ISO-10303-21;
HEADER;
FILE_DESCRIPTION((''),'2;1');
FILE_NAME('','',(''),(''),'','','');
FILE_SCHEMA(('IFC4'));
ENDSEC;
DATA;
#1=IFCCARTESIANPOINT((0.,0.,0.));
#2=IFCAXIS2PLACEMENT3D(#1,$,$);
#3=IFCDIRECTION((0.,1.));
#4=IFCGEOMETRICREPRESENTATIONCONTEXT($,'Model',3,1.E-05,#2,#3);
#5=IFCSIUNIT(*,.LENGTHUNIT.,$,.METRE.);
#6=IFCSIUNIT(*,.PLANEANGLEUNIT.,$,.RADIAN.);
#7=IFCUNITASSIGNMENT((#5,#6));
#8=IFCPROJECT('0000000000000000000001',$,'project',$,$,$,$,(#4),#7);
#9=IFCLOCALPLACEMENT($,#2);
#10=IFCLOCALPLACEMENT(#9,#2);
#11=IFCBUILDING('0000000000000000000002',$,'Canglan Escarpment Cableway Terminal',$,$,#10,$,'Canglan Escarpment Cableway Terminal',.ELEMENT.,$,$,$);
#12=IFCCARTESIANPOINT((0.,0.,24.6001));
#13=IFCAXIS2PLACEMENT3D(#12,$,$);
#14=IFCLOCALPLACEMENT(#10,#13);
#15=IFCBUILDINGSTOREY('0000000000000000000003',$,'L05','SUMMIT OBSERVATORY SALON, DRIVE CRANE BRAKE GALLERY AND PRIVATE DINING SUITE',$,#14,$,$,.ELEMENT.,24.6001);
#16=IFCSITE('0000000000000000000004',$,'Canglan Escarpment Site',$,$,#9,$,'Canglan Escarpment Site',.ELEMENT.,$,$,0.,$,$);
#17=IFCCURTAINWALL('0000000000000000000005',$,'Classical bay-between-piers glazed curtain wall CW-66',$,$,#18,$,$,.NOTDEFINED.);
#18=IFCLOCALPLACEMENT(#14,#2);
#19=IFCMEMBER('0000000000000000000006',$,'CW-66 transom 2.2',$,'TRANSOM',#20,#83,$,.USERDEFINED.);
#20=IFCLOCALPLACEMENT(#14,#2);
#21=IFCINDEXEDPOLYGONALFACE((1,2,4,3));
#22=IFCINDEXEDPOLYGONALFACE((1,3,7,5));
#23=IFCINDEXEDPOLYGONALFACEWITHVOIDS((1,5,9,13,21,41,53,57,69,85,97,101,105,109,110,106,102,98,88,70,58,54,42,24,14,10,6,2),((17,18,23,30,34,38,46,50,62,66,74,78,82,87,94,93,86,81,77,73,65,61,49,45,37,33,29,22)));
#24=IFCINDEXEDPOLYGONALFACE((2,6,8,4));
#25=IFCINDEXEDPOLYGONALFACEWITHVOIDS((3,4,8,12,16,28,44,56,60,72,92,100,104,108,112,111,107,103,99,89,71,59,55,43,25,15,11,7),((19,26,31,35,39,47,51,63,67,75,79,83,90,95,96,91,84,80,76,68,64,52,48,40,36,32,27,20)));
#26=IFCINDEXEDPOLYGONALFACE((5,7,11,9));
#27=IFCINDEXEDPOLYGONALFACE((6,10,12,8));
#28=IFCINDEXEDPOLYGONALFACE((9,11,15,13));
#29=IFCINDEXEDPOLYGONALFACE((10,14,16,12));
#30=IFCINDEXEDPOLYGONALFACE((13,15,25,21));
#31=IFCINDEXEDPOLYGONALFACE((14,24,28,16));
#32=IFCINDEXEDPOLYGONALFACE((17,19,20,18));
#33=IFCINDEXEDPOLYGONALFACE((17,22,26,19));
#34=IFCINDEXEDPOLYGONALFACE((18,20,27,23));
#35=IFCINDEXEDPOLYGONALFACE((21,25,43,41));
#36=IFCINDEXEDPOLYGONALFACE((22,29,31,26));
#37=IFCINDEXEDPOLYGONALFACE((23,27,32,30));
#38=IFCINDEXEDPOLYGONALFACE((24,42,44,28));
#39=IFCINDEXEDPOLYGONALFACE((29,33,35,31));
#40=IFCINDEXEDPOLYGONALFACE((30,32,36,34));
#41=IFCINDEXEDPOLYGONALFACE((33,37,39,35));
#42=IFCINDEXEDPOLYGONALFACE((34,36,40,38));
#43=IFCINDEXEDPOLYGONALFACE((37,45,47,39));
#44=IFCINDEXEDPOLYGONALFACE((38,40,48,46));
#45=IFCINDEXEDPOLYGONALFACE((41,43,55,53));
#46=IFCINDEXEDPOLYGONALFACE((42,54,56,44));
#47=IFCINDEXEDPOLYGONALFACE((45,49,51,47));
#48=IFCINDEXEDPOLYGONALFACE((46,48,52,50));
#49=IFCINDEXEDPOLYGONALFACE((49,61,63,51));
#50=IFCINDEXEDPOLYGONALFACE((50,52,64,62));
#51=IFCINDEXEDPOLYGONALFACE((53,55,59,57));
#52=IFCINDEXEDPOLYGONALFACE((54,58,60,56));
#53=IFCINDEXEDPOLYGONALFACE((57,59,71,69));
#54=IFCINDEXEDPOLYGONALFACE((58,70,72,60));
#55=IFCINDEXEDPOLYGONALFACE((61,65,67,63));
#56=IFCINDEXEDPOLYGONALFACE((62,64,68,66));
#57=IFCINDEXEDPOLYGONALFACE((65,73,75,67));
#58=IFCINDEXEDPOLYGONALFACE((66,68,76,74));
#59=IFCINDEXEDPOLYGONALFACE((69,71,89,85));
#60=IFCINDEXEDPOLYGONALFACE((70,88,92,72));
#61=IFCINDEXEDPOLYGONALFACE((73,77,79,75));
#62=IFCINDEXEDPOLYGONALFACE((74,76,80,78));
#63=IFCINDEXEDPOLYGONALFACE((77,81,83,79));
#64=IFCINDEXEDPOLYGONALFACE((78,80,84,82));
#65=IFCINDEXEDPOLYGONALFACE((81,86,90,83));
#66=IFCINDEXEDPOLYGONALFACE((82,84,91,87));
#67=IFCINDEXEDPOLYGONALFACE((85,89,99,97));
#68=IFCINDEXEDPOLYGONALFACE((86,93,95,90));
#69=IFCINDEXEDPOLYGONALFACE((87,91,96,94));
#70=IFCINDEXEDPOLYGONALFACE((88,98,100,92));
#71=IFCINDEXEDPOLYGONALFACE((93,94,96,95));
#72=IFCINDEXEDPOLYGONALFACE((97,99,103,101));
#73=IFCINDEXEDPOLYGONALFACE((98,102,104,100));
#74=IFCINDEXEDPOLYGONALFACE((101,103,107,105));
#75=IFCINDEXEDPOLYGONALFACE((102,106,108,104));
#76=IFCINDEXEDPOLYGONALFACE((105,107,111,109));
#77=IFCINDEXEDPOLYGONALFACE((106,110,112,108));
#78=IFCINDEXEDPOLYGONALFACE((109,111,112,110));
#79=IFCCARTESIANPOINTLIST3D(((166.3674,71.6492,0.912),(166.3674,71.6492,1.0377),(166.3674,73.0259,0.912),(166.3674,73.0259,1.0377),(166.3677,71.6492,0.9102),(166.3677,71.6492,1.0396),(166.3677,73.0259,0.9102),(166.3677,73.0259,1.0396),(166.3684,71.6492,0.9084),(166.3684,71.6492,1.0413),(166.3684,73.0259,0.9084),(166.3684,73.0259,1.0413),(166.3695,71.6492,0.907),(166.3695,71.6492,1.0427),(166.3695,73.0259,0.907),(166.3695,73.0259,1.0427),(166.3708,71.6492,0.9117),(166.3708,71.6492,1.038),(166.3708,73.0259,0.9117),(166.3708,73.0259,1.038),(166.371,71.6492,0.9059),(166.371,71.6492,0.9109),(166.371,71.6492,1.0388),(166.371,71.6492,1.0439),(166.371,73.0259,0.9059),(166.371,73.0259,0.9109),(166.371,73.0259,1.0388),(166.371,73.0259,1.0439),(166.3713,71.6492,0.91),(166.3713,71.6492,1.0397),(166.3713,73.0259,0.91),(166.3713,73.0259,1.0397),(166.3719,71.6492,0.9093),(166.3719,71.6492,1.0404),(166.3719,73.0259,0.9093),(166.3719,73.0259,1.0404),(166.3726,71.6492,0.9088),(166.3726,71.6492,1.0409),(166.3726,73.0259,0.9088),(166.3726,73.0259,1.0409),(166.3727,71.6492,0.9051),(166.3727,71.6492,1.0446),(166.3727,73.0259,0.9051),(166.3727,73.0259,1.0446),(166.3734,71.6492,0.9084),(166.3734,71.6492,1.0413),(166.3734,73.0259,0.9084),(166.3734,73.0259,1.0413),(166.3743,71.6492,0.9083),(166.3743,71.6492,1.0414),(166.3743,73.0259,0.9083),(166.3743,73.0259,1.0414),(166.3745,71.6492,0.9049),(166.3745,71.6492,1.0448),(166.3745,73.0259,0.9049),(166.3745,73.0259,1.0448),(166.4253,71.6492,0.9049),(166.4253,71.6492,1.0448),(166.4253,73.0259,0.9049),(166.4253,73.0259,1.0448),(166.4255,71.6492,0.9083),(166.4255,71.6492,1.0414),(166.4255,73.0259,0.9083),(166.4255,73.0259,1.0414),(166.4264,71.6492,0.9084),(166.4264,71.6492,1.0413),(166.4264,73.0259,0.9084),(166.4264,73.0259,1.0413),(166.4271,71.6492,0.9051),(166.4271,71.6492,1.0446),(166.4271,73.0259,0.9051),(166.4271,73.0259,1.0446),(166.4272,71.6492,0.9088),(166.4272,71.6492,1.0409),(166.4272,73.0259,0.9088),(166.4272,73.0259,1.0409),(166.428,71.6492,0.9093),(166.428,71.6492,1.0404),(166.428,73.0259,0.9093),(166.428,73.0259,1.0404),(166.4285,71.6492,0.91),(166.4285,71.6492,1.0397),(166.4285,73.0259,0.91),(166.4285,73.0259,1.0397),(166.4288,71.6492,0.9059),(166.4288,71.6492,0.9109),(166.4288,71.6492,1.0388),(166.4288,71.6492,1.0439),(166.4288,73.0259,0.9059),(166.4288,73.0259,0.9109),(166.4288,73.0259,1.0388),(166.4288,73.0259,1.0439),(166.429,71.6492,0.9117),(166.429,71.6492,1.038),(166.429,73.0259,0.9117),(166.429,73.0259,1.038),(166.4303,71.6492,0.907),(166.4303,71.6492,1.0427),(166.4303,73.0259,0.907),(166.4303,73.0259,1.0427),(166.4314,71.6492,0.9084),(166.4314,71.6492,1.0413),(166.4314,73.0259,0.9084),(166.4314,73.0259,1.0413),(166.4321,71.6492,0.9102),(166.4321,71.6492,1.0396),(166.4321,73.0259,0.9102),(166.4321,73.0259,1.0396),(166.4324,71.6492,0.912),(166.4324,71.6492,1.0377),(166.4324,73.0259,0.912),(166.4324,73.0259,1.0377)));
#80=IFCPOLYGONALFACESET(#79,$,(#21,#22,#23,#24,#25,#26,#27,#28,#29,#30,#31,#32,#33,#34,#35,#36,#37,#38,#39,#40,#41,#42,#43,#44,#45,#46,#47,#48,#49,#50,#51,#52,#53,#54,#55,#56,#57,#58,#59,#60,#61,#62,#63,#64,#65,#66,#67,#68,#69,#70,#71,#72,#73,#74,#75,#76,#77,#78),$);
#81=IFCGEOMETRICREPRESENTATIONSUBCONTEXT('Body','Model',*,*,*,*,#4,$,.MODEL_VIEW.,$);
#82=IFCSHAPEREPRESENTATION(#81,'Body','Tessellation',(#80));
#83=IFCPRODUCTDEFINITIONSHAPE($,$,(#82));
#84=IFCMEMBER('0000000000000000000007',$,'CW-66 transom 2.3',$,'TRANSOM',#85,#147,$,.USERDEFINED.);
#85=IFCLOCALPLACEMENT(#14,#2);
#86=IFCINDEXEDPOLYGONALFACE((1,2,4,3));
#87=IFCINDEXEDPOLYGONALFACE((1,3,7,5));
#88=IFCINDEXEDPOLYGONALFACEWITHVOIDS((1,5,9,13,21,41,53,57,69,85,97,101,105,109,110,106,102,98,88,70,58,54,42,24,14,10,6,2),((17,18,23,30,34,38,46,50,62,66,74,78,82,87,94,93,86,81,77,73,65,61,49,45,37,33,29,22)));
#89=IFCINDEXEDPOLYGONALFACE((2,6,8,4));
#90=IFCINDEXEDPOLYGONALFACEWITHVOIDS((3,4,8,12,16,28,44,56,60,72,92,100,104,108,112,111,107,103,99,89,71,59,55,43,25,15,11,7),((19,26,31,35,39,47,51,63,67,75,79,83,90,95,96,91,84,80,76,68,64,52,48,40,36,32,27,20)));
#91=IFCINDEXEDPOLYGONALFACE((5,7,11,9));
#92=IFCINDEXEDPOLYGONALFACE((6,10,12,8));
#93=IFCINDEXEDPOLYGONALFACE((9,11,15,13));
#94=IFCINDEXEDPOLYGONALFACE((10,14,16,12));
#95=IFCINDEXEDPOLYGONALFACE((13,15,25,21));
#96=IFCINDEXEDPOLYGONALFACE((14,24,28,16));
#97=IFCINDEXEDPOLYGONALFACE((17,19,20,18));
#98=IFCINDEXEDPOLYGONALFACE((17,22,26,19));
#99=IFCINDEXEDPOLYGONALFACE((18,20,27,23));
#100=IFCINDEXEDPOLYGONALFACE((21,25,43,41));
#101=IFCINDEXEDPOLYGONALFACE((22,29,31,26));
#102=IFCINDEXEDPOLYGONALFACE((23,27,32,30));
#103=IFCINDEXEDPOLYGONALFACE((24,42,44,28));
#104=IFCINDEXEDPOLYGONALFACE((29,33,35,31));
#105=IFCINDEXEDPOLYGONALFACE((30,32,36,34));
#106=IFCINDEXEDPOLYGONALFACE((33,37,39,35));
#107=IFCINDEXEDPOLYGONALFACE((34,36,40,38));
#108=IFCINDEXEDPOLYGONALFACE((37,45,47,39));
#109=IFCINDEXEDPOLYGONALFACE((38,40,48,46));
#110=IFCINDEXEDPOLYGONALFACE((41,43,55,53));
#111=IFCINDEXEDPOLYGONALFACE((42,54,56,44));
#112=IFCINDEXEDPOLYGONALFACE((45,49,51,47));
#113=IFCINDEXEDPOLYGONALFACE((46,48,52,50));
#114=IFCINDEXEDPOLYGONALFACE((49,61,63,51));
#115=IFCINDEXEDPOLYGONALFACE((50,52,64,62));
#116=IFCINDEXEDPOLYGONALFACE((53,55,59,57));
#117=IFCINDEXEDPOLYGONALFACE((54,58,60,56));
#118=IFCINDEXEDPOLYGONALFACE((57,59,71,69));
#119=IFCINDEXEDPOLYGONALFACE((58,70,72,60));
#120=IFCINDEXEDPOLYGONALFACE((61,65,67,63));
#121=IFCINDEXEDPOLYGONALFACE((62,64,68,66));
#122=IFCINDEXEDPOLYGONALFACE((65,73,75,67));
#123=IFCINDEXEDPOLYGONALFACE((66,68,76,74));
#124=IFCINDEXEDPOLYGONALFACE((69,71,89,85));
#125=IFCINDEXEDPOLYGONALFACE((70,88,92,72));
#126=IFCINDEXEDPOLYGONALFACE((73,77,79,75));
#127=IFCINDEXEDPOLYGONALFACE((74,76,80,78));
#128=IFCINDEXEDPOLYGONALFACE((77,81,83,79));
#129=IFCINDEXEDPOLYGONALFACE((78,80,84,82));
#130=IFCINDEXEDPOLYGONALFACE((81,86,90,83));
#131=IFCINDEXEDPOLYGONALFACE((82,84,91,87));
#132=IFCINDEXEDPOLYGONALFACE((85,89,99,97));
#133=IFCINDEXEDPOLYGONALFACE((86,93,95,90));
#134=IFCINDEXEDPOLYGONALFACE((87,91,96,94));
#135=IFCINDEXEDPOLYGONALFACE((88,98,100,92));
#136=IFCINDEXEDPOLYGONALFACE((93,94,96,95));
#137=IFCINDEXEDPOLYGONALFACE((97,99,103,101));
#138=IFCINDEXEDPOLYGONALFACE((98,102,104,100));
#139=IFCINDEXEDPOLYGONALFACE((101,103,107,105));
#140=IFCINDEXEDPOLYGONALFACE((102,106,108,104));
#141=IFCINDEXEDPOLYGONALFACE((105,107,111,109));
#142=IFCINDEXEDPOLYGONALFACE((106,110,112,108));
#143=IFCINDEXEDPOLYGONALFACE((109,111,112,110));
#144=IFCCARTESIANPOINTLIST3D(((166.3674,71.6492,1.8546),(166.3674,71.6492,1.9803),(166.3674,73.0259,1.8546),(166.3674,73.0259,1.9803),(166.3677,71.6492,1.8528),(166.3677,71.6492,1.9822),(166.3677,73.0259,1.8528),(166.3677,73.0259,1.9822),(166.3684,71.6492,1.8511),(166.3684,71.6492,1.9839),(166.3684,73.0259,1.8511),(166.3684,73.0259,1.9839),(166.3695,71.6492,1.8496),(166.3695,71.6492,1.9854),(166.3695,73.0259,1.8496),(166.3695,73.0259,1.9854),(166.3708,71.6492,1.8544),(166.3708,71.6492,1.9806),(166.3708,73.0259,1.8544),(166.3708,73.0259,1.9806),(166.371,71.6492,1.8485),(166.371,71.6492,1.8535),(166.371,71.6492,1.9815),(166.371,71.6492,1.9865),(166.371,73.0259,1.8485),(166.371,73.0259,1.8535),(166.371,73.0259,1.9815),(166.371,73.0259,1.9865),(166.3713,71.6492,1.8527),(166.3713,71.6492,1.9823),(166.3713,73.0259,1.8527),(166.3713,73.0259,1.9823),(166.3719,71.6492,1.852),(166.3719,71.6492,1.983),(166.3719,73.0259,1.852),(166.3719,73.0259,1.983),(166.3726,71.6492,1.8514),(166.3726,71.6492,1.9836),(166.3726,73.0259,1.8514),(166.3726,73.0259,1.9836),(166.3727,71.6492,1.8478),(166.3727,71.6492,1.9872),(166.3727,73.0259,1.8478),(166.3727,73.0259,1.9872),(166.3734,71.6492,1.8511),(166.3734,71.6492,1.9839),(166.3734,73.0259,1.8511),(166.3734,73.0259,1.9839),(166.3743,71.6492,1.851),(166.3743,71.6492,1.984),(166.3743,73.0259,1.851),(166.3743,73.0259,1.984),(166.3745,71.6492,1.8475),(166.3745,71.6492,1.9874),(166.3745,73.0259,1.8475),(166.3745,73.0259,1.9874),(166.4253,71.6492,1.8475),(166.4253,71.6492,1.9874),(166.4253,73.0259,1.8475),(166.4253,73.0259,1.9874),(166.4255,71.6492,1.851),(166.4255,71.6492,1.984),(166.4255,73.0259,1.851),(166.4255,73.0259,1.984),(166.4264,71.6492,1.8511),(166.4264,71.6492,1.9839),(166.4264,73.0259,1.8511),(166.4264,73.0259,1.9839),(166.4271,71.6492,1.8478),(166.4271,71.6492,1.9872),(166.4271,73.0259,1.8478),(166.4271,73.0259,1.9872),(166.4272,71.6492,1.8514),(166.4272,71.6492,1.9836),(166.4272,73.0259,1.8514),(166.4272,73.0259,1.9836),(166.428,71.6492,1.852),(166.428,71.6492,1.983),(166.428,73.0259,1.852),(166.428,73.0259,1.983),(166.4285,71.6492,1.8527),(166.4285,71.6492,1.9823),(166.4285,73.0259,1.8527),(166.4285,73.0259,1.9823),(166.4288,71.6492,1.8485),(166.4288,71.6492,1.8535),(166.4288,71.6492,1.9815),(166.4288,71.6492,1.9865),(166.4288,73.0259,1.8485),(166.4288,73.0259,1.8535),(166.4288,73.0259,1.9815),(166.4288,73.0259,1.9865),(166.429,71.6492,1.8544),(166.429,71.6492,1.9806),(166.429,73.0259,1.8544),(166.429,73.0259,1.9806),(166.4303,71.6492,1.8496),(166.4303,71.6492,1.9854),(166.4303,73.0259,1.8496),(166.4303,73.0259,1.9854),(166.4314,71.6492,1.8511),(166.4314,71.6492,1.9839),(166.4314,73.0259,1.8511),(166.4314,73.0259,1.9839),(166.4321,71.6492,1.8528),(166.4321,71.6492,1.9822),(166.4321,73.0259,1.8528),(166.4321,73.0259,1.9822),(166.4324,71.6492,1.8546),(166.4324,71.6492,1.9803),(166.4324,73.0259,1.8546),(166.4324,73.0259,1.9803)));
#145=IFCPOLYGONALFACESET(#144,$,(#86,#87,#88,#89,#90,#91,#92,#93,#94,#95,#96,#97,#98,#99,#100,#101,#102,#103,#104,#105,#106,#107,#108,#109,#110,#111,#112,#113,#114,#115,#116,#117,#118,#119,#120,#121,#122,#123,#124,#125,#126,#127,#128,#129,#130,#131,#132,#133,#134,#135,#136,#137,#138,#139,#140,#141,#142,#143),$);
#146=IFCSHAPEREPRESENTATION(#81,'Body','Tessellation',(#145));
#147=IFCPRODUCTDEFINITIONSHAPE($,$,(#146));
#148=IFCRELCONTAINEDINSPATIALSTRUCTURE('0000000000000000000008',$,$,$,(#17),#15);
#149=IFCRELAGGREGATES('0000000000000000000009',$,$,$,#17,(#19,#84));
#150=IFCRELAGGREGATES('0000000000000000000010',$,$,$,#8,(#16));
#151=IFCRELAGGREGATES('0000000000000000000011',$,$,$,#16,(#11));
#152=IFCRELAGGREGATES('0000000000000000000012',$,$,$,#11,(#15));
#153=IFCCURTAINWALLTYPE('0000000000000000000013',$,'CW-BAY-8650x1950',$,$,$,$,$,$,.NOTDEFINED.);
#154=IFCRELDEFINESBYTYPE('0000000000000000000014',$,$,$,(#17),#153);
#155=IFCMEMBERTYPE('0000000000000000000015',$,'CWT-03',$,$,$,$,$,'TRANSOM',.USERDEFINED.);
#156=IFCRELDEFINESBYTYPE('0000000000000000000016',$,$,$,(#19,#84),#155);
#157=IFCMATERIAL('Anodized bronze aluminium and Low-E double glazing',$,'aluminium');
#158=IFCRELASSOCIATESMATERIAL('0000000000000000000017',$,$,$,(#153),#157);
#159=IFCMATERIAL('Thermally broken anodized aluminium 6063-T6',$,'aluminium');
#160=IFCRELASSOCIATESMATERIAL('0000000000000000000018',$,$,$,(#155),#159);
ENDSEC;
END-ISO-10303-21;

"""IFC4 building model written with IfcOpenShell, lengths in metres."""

from ifc_helpers import new_model, si_unit, direction, frame, origin, origin_2d, place, context, subcontext, project, spatial, hollow_rectangle, extrude, material, material_profile, profile_set, type_object, element, aggregate, save


model = new_model("IFC4")

# Units and contexts
model_context = context("Model", 3, precision=1e-05, world=origin(), true_north=direction((0.0, 1.0)))
body_context = subcontext(model_context, "Body", "Model", "MODEL_VIEW")
ifc_project = project(units=[si_unit("LENGTHUNIT", "METRE"), si_unit("PLANEANGLEUNIT", "RADIAN")], contexts=[model_context])

# Site, building, storey
site_placement = place(None, origin())
site = spatial("IfcSite", under=ifc_project, at=site_placement, Name="Canglan Escarpment Site", LongName="Canglan Escarpment Site", CompositionType="ELEMENT", RefElevation=0.0)
building_placement = place(site_placement, origin())
building = spatial("IfcBuilding", under=site, at=building_placement, Name="Canglan Escarpment Cableway Terminal", LongName="Canglan Escarpment Cableway Terminal", CompositionType="ELEMENT")
storey_placement = place(building_placement, frame((0.0, 0.0, 24.6001)))
storey = spatial("IfcBuildingStorey", under=building, at=storey_placement, Name="L05", Description="SUMMIT OBSERVATORY SALON, DRIVE CRANE BRAKE GALLERY AND PRIVATE DINING SUITE", CompositionType="ELEMENT", Elevation=24.6001)

# Curtain wall
ifc_material_1 = material(Name="Anodized bronze aluminium and Low-E double glazing", Category="aluminium")
curtain_wall_type = type_object("IfcCurtainWallType", Name="CW-BAY-8650x1950", PredefinedType="NOTDEFINED", material=ifc_material_1)
ifc_material_2 = material(Name="Thermally broken anodized aluminium 6063-T6", Category="aluminium")
curtain_wall_1_placement = place(storey_placement, origin())
curtain_wall_1 = element("IfcCurtainWall", 1, at=curtain_wall_1_placement, inside=storey, type_object=curtain_wall_type, Name="Classical bay-between-piers glazed curtain wall CW-66", PredefinedType="NOTDEFINED")

# Members
ifc_material_profile_1 = material_profile(ifc_material_2, hollow_rectangle(XDim=0.0649, YDim=0.1399, WallThickness=0.0034, InnerFilletRadius=0.0034, OuterFilletRadius=0.0071, at=origin_2d()), Name="ALU-TRAN 65x140x3.5")
ifc_profile_set_1 = profile_set([ifc_material_profile_1], Name="Thermally broken anodized aluminium 6063-T6")
member_type_1 = type_object("IfcMemberType", Name="CWT-03", ElementType="TRANSOM", PredefinedType="USERDEFINED", material=ifc_profile_set_1)
member_1_placement = place(storey_placement, frame((166.3999, 71.6492, 0.9749), z_axis=(0.0, 1.0, 0.0), x_axis=(-1.0, 0.0, 0.0)))
member_1 = element("IfcMember", 2, at=member_1_placement, type_object=member_type_1, Name="CW-66 transom 2.2", ObjectType="TRANSOM", PredefinedType="USERDEFINED", context=body_context, shape_type="SweptSolid", body=[
    extrude(hollow_rectangle(XDim=0.0649, YDim=0.1399, WallThickness=0.0034, InnerFilletRadius=0.0034, OuterFilletRadius=0.0071, at=origin_2d()), origin(), (0.0, 0.0, 1.0), 1.3767),
])
member_2_placement = place(storey_placement, frame((166.3999, 71.6492, 1.9175), z_axis=(0.0, 1.0, 0.0), x_axis=(-1.0, 0.0, 0.0)))
member_2 = element("IfcMember", 3, at=member_2_placement, type_object=member_type_1, Name="CW-66 transom 2.3", ObjectType="TRANSOM", PredefinedType="USERDEFINED", context=body_context, shape_type="SweptSolid", body=[
    extrude(hollow_rectangle(XDim=0.0649, YDim=0.1399, WallThickness=0.0034, InnerFilletRadius=0.0034, OuterFilletRadius=0.0071, at=origin_2d()), origin(), (0.0, 0.0, 1.0), 1.3767),
])

aggregate(curtain_wall_1, [member_1, member_2])

save(model, "model.ifc")
